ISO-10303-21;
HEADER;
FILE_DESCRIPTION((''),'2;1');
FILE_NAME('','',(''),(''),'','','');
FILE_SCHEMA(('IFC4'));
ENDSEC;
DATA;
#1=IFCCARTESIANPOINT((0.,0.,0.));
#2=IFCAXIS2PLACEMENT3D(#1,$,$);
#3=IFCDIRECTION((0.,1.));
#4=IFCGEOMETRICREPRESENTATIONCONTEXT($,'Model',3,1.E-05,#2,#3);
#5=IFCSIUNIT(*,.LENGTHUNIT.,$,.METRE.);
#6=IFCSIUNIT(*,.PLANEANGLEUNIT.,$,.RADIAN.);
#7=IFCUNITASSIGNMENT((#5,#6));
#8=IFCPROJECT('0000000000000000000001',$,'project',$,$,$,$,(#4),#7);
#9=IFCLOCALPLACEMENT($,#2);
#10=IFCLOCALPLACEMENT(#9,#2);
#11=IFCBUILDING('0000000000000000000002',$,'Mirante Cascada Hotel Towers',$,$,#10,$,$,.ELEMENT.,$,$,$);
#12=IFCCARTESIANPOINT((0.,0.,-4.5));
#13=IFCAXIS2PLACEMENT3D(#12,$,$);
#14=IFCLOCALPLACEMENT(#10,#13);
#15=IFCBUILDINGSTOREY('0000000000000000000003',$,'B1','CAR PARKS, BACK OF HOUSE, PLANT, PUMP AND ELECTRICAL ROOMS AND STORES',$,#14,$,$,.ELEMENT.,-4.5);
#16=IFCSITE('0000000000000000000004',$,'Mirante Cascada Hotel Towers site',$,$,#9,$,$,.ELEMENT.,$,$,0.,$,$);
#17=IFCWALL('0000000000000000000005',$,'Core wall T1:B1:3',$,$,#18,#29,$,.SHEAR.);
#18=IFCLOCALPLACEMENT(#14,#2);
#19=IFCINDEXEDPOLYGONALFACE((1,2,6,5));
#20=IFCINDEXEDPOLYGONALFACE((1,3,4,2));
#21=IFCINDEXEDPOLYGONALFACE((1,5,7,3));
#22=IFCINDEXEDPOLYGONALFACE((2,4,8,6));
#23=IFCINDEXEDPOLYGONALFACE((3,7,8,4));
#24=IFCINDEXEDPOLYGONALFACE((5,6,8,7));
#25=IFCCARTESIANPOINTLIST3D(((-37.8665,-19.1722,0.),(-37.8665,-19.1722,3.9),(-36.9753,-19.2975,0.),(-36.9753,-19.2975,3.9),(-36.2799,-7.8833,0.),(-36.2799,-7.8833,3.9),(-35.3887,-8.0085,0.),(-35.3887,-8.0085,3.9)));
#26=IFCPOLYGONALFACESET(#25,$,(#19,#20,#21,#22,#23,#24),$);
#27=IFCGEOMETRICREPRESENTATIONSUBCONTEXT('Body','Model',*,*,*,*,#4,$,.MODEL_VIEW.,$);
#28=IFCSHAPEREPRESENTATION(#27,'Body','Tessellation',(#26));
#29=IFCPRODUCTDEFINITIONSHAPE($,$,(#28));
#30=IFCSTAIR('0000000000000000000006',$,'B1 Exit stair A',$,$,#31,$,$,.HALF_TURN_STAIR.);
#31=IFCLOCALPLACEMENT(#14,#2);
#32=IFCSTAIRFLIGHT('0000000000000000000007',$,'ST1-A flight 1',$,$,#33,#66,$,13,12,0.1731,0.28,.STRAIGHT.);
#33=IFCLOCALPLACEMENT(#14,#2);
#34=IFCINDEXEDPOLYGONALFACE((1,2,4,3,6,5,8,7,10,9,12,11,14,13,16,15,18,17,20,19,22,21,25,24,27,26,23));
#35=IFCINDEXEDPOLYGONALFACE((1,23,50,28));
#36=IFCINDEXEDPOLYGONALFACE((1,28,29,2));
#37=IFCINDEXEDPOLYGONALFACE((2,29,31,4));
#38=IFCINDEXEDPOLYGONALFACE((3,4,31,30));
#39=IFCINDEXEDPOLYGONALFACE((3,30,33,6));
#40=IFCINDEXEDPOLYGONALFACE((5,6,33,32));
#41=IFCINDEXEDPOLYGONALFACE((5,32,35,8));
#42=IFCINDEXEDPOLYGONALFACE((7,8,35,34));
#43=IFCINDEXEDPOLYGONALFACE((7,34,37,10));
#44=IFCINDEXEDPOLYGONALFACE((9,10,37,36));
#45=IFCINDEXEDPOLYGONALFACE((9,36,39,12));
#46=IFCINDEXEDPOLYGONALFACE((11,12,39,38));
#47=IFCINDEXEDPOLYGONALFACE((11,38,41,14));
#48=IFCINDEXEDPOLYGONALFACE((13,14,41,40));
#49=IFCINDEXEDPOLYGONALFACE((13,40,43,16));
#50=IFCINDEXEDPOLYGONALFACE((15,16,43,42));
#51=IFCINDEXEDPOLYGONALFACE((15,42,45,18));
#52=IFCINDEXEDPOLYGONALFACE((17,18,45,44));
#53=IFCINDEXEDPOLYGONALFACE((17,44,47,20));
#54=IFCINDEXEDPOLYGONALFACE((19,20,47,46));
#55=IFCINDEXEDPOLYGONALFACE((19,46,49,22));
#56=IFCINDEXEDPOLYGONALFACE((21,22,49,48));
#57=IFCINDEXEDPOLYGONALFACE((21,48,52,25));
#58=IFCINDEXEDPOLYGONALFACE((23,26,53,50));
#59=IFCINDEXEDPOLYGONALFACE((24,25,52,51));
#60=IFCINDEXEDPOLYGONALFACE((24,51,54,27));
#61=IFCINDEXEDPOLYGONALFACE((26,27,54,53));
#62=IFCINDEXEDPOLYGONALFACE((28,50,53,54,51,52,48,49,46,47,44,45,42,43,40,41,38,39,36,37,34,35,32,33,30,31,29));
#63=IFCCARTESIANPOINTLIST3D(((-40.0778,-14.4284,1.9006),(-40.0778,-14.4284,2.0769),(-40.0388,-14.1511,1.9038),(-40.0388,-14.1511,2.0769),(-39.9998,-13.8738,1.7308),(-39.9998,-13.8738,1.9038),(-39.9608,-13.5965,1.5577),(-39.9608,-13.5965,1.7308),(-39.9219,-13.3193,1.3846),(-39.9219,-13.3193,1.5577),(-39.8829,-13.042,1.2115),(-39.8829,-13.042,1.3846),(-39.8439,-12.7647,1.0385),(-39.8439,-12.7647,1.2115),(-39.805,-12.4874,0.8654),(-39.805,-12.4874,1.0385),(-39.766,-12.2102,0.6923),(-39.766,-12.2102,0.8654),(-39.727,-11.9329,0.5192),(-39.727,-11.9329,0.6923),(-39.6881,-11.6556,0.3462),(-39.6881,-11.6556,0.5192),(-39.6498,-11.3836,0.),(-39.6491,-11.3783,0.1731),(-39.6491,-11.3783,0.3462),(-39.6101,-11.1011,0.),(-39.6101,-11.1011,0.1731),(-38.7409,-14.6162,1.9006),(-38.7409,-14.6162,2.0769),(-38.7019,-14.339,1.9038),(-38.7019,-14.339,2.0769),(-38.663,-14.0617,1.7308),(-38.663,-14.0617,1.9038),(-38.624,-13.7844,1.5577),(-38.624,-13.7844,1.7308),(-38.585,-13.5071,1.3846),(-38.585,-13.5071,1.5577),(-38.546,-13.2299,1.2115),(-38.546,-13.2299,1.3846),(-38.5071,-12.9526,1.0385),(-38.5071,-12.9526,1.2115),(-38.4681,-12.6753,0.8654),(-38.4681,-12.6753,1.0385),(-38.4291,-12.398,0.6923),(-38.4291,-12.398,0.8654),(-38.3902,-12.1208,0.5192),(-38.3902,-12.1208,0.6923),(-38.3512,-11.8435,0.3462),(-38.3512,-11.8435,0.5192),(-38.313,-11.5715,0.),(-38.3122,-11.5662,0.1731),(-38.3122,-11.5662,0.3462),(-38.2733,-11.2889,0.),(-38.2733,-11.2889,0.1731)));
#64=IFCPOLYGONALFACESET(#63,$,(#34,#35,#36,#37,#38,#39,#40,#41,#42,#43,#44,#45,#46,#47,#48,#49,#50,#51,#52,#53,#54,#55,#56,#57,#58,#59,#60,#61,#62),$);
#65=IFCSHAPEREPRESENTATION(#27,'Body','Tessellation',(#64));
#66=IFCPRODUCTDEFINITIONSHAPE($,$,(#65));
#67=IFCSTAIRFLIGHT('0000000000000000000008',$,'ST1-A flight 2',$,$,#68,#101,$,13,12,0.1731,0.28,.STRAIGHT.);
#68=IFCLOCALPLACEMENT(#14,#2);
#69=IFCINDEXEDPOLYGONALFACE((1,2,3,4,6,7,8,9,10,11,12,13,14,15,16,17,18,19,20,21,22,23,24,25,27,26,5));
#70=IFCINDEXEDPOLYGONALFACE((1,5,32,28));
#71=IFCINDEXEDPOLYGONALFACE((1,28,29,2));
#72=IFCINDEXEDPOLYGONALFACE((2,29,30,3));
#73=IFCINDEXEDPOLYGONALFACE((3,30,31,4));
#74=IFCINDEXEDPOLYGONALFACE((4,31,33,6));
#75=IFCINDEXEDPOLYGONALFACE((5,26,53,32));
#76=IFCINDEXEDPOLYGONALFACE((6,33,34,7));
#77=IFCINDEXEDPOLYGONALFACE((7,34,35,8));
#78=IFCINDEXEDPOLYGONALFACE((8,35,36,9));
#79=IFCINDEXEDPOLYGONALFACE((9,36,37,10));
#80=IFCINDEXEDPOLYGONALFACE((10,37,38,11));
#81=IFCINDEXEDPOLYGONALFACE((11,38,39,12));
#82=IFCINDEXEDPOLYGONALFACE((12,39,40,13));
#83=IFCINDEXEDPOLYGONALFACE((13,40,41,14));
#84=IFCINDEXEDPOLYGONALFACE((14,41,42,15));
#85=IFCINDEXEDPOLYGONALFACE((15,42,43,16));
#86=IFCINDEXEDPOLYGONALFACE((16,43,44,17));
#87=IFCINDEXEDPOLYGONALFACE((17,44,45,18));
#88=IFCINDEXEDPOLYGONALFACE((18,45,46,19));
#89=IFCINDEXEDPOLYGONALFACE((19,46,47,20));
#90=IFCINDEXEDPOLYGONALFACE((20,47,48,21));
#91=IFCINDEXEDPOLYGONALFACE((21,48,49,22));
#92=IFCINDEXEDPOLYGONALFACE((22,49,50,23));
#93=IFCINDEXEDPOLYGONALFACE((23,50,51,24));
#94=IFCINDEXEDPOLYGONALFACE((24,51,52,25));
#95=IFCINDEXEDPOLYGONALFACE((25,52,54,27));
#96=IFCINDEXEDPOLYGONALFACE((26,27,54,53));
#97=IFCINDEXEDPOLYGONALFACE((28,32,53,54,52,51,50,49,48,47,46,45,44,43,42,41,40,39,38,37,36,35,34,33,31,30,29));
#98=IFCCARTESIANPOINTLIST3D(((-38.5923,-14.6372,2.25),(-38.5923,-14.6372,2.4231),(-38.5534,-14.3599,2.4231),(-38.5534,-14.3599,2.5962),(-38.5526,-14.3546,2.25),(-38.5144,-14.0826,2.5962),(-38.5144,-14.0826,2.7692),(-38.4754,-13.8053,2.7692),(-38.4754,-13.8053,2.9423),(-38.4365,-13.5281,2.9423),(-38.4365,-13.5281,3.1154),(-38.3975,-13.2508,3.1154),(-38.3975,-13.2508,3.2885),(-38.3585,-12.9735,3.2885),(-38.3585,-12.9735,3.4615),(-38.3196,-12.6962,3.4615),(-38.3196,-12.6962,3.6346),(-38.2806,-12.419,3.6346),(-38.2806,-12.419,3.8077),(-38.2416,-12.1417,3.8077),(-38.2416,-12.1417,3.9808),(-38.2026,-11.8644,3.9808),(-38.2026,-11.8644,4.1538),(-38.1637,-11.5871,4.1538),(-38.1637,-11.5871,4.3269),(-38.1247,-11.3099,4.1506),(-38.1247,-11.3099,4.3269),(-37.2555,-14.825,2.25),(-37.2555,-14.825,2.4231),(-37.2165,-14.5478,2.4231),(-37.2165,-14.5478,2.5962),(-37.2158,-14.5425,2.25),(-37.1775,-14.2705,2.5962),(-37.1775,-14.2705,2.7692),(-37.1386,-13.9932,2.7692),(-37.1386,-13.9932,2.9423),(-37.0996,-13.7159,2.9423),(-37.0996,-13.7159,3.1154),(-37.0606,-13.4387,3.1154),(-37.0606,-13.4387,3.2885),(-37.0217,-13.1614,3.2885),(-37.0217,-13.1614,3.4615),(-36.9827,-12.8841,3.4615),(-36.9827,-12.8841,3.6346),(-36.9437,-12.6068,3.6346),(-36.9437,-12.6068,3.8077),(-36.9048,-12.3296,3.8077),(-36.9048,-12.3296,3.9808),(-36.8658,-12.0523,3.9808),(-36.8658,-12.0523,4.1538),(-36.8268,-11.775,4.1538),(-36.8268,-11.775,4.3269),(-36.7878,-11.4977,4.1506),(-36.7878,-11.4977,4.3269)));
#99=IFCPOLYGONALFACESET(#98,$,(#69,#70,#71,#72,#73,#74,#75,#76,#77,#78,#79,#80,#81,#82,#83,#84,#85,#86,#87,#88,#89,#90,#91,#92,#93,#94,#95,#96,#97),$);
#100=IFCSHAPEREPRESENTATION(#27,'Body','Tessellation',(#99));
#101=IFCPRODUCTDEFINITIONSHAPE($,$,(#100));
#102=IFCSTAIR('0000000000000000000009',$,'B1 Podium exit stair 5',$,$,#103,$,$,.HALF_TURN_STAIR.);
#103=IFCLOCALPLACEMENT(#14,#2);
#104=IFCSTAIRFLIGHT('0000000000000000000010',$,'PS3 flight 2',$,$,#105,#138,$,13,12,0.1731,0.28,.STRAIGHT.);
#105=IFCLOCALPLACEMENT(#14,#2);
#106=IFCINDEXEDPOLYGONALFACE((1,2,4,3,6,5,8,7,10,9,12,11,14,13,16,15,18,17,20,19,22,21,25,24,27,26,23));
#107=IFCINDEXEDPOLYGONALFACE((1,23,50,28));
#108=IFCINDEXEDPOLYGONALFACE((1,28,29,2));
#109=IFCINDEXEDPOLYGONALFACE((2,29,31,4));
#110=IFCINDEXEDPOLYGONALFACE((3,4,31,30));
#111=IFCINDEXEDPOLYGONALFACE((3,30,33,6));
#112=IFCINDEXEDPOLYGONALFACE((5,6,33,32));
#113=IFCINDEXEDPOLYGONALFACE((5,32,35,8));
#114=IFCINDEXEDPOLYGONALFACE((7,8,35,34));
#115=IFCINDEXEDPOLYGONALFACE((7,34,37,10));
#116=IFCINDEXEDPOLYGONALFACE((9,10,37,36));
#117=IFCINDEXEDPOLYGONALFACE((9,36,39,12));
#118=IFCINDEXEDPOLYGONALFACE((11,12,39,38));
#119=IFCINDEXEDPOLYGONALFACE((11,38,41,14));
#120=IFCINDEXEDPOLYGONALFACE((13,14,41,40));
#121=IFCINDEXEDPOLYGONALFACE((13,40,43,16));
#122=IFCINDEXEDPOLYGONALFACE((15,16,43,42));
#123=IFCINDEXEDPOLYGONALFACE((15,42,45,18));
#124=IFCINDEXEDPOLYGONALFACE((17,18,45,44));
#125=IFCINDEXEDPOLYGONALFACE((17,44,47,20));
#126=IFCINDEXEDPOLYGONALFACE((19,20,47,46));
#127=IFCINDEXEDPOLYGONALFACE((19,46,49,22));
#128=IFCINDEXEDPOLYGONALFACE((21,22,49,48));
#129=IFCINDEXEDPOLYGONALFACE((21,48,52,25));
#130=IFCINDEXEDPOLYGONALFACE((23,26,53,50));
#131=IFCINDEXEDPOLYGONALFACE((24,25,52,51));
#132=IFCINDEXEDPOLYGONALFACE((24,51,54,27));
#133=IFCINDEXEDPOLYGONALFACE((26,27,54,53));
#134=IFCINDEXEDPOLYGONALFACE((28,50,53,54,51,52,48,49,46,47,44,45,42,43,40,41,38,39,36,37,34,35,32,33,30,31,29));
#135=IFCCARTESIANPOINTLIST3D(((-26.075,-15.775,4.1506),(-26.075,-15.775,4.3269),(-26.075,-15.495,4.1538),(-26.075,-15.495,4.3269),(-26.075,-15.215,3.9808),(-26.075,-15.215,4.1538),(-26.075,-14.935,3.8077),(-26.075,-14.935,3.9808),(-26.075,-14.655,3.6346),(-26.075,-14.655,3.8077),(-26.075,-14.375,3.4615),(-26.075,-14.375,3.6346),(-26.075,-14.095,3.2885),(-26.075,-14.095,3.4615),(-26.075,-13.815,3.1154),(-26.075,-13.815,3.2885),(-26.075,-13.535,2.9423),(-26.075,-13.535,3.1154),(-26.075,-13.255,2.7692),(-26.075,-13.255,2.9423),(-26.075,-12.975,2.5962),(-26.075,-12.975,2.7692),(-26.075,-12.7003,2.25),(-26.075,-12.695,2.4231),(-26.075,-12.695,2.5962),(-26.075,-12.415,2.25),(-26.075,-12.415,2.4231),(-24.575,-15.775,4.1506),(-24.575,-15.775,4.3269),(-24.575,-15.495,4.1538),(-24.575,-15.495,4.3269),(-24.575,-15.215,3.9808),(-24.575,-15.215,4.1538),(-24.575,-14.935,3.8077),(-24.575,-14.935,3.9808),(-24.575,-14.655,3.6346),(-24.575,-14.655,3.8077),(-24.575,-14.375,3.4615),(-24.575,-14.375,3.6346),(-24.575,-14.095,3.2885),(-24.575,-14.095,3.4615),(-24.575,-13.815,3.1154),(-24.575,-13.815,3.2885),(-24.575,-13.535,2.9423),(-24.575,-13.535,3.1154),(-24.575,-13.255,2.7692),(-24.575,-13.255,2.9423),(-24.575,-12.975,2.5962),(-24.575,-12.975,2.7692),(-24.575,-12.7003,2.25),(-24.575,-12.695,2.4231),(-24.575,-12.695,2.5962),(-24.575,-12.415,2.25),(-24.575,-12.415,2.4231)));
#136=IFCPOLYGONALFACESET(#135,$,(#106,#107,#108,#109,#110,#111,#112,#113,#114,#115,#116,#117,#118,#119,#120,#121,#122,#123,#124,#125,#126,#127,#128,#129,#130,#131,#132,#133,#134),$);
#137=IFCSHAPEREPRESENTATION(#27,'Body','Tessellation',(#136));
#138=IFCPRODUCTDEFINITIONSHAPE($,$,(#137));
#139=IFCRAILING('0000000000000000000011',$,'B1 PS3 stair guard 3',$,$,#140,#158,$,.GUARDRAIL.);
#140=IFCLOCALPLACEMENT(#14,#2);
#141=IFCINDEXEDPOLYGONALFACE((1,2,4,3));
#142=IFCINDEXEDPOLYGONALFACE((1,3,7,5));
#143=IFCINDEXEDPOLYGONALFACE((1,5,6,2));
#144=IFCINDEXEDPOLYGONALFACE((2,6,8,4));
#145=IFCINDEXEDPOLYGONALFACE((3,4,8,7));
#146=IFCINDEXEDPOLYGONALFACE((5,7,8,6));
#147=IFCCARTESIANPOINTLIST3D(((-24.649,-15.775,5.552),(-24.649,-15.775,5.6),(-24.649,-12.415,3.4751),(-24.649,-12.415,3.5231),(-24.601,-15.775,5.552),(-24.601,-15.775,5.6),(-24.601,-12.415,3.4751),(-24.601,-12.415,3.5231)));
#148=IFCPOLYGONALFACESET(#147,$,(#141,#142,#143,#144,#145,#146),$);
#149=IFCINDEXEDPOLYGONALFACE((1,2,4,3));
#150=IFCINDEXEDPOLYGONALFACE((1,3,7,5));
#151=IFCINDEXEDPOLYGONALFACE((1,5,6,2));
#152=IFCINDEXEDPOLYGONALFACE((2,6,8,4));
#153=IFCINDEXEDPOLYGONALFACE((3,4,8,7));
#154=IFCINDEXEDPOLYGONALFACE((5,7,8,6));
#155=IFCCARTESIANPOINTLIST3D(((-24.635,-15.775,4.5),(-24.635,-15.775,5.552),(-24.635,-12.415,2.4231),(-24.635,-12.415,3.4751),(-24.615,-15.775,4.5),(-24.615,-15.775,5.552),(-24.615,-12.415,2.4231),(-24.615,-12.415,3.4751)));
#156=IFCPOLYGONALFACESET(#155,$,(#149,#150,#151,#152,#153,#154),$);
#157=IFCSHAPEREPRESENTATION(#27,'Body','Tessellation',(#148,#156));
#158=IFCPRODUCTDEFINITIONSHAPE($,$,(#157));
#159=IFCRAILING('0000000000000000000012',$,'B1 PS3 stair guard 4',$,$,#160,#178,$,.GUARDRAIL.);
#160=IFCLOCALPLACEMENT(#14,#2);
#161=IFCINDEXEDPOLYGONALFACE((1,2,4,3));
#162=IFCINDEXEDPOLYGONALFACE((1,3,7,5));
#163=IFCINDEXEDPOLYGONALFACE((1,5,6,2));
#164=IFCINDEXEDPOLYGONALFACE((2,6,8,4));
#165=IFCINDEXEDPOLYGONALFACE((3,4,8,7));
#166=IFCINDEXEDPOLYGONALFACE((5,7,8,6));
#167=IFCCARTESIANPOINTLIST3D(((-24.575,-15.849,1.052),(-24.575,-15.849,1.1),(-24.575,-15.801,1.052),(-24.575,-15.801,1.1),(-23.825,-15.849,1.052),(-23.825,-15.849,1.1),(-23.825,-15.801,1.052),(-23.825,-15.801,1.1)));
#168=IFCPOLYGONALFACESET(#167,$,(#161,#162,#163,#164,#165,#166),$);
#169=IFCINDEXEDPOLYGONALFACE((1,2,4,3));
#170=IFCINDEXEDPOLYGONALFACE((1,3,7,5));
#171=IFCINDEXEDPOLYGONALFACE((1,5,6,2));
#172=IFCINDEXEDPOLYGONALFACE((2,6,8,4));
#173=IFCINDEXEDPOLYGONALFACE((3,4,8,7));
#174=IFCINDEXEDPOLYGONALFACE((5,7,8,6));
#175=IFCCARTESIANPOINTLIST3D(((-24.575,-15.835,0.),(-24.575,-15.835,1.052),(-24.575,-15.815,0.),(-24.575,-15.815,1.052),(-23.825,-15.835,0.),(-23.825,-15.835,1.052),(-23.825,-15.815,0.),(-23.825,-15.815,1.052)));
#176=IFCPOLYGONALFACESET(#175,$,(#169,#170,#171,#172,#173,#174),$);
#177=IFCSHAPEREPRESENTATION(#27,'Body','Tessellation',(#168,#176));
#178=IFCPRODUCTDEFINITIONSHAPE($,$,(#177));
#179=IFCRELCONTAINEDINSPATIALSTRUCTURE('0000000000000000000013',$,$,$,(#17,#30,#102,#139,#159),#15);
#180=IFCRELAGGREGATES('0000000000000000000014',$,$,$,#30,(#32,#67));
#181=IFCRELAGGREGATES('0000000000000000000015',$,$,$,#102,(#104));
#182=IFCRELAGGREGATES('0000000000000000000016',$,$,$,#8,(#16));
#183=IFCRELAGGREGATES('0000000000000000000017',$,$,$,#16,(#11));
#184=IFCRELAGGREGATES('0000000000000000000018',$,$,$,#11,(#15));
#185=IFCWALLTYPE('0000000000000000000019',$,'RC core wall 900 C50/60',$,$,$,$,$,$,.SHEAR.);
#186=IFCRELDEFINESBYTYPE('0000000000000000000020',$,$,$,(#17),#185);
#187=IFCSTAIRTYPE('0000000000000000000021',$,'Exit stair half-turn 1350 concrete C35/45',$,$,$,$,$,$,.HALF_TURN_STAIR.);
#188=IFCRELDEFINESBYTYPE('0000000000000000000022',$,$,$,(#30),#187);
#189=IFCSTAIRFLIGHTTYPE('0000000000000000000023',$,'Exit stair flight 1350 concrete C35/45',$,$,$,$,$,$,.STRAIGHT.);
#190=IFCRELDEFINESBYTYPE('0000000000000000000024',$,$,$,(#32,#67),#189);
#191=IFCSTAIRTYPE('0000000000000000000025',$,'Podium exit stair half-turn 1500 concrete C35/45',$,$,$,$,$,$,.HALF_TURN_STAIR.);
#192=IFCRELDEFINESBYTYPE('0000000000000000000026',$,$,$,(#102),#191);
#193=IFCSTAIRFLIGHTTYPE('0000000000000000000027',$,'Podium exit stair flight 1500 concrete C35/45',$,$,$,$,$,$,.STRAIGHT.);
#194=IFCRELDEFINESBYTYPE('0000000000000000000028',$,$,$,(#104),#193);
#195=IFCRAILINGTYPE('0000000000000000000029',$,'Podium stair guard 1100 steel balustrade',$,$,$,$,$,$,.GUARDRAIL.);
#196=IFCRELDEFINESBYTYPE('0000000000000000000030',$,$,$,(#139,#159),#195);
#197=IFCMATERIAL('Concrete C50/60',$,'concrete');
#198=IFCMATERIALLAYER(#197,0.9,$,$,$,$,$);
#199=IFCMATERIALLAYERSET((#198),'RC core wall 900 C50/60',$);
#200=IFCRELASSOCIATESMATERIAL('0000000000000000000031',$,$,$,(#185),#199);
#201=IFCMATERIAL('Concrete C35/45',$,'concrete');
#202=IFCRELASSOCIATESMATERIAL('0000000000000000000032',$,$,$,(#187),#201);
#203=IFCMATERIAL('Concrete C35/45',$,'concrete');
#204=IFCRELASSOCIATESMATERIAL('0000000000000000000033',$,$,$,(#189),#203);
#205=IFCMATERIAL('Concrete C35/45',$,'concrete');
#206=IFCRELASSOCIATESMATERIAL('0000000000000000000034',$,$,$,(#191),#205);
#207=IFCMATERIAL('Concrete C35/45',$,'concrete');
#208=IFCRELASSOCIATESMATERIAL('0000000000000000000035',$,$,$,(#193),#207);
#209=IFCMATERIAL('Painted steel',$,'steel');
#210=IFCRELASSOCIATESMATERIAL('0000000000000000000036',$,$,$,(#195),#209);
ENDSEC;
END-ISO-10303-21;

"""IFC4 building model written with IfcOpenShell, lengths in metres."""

from ifc_helpers import new_model, si_unit, direction, frame, frame_2d, origin, origin_2d, place, context, subcontext, project, spatial, polyline, rectangle, outline, extrude, material, layer, layer_set, type_object, element, aggregate, save


model = new_model("IFC4")

# Units and contexts
model_context = context("Model", 3, precision=1e-05, world=origin(), true_north=direction((0.0, 1.0)))
body_context = subcontext(model_context, "Body", "Model", "MODEL_VIEW")
ifc_project = project(units=[si_unit("LENGTHUNIT", "METRE"), si_unit("PLANEANGLEUNIT", "RADIAN")], contexts=[model_context])

# Site, building, storey
site_placement = place(None, origin())
site = spatial("IfcSite", under=ifc_project, at=site_placement, Name="Mirante Cascada Hotel Towers site", CompositionType="ELEMENT", RefElevation=0.0)
building_placement = place(site_placement, origin())
building = spatial("IfcBuilding", under=site, at=building_placement, Name="Mirante Cascada Hotel Towers", CompositionType="ELEMENT")
storey_placement = place(building_placement, frame((0.0, 0.0, -4.5)))
storey = spatial("IfcBuildingStorey", under=building, at=storey_placement, Name="B1", Description="CAR PARKS, BACK OF HOUSE, PLANT, PUMP AND ELECTRICAL ROOMS AND STORES", CompositionType="ELEMENT", Elevation=-4.5)

# Wall
ifc_material_1 = material(Name="Concrete C50/60", Category="concrete")
ifc_layer_1 = layer(ifc_material_1, 0.9)
ifc_layer_set_1 = layer_set([ifc_layer_1], Name="RC core wall 900 C50/60")
wall_type_1 = type_object("IfcWallType", Name="RC core wall 900 C50/60", PredefinedType="SHEAR", material=ifc_layer_set_1)
wall_1_placement = place(storey_placement, frame((-37.4209, -19.2349, 0.0), z_axis=(0.0, 0.0, 1.0), x_axis=(0.139176, 0.990268, 0.0)))
element("IfcWall", 1, at=wall_1_placement, inside=storey, type_object=wall_type_1, Name="Core wall T1:B1:3", PredefinedType="SHEAR", context=body_context, shape_type="SweptSolid", body=[
    extrude(rectangle(XDim=11.3999, YDim=0.9, at=frame_2d((5.7, 0.0))), origin(), (0.0, 0.0, 1.0), 3.9),
])

# Stair, stair flights
ifc_material_2 = material(Name="Concrete C35/45", Category="concrete")
stair_type_1 = type_object("IfcStairType", Name="Exit stair half-turn 1350 concrete C35/45", PredefinedType="HALF_TURN_STAIR", material=ifc_material_2)
stair_1_placement = place(storey_placement, origin())
stair_1 = element("IfcStair", 2, at=stair_1_placement, inside=storey, type_object=stair_type_1, Name="B1 Exit stair A", PredefinedType="HALF_TURN_STAIR")
ifc_material_3 = material(Name="Concrete C35/45", Category="concrete")
stair_flight_type_1 = type_object("IfcStairFlightType", Name="Exit stair flight 1350 concrete C35/45", PredefinedType="STRAIGHT", material=ifc_material_3)
stair_flight_1_placement = place(storey_placement, frame((-38.9417, -11.195, 0.0), z_axis=(0.0, 0.0, 1.0), x_axis=(-0.139173, -0.990268, 0.0)))
stair_flight_1 = element("IfcStairFlight", 3, at=stair_flight_1_placement, type_object=stair_flight_type_1, Name="ST1-A flight 1", NumberOfRisers=13, NumberOfTreads=12, PredefinedType="STRAIGHT", RiserHeight=0.1731, TreadLength=0.28, context=body_context, shape_type="SweptSolid", body=[
    extrude(outline(polyline([(0.0, 0.0), (0.0, 0.1731), (0.28, 0.1731), (0.28, 0.3462), (0.56, 0.3462), (0.56, 0.5192), (0.84, 0.5192), (0.84, 0.6923), (1.12, 0.6923), (1.12, 0.8654), (1.4, 0.8654), (1.4, 1.0385), (1.68, 1.0385), (1.68, 1.2115), (1.96, 1.2115), (1.96, 1.3846), (2.24, 1.3846), (2.24, 1.5577), (2.52, 1.5577), (2.52, 1.7308), (2.8, 1.7308), (2.8, 1.9038), (3.08, 1.9038), (3.08, 2.0769), (3.36, 2.0769), (3.36, 2.25), (3.36, 1.9006), (0.2853, 0.0), (0.0, 0.0)])), frame((0.0, 0.675, 0.0), z_axis=(0.0, -1.0, 0.0), x_axis=(1.0, 0.0, 0.0)), (0.0, 0.0, 1.0), 1.35),
])
stair_flight_2_placement = place(storey_placement, frame((-37.9239, -14.7311, 2.25), z_axis=(0.0, 0.0, 1.0), x_axis=(0.139173, 0.990268, 0.0)))
stair_flight_2 = element("IfcStairFlight", 4, at=stair_flight_2_placement, type_object=stair_flight_type_1, Name="ST1-A flight 2", NumberOfRisers=13, NumberOfTreads=12, PredefinedType="STRAIGHT", RiserHeight=0.1731, TreadLength=0.28, context=body_context, shape_type="SweptSolid", body=[
    extrude(outline(polyline([(0.0, 0.0), (0.0, 0.1731), (0.28, 0.1731), (0.28, 0.3462), (0.56, 0.3462), (0.56, 0.5192), (0.84, 0.5192), (0.84, 0.6923), (1.12, 0.6923), (1.12, 0.8654), (1.4, 0.8654), (1.4, 1.0385), (1.68, 1.0385), (1.68, 1.2115), (1.96, 1.2115), (1.96, 1.3846), (2.24, 1.3846), (2.24, 1.5577), (2.52, 1.5577), (2.52, 1.7308), (2.8, 1.7308), (2.8, 1.9038), (3.08, 1.9038), (3.08, 2.0769), (3.36, 2.0769), (3.36, 2.25), (3.36, 1.9006), (0.2853, 0.0), (0.0, 0.0)])), frame((0.0, 0.675, 0.0), z_axis=(0.0, -1.0, 0.0), x_axis=(1.0, 0.0, 0.0)), (0.0, 0.0, 1.0), 1.35),
])
aggregate(stair_1, [stair_flight_1, stair_flight_2])

# Stair, stair flight
ifc_material_4 = material(Name="Concrete C35/45", Category="concrete")
stair_type_2 = type_object("IfcStairType", Name="Podium exit stair half-turn 1500 concrete C35/45", PredefinedType="HALF_TURN_STAIR", material=ifc_material_4)
stair_2_placement = place(storey_placement, origin())
stair_2 = element("IfcStair", 5, at=stair_2_placement, inside=storey, type_object=stair_type_2, Name="B1 Podium exit stair 5", PredefinedType="HALF_TURN_STAIR")
ifc_material_5 = material(Name="Concrete C35/45", Category="concrete")
stair_flight_type_2 = type_object("IfcStairFlightType", Name="Podium exit stair flight 1500 concrete C35/45", PredefinedType="STRAIGHT", material=ifc_material_5)
stair_flight_3_placement = place(storey_placement, frame((-25.325, -12.415, 2.25), z_axis=(0.0, 0.0, 1.0), x_axis=(0.0, -1.0, 0.0)))
stair_flight_3 = element("IfcStairFlight", 6, at=stair_flight_3_placement, type_object=stair_flight_type_2, Name="PS3 flight 2", NumberOfRisers=13, NumberOfTreads=12, PredefinedType="STRAIGHT", RiserHeight=0.1731, TreadLength=0.28, context=body_context, shape_type="SweptSolid", body=[
    extrude(outline(polyline([(0.0, 0.0), (0.0, 0.1731), (0.28, 0.1731), (0.28, 0.3462), (0.56, 0.3462), (0.56, 0.5192), (0.84, 0.5192), (0.84, 0.6923), (1.12, 0.6923), (1.12, 0.8654), (1.4, 0.8654), (1.4, 1.0385), (1.68, 1.0385), (1.68, 1.2115), (1.96, 1.2115), (1.96, 1.3846), (2.24, 1.3846), (2.24, 1.5577), (2.52, 1.5577), (2.52, 1.7308), (2.8, 1.7308), (2.8, 1.9038), (3.08, 1.9038), (3.08, 2.0769), (3.36, 2.0769), (3.36, 2.25), (3.36, 1.9006), (0.2853, 0.0), (0.0, 0.0)])), frame((0.0, 0.75, 0.0), z_axis=(0.0, -1.0, 0.0), x_axis=(1.0, 0.0, 0.0)), (0.0, 0.0, 1.0), 1.5),
])
aggregate(stair_2, [stair_flight_3])

# Railings
ifc_material_6 = material(Name="Painted steel", Category="steel")
railing_type_1 = type_object("IfcRailingType", Name="Podium stair guard 1100 steel balustrade", PredefinedType="GUARDRAIL", material=ifc_material_6)
railing_1_placement = place(storey_placement, frame((-24.625, -12.415, 2.4231)))
element("IfcRailing", 7, at=railing_1_placement, inside=storey, type_object=railing_type_1, Name="B1 PS3 stair guard 3", PredefinedType="GUARDRAIL", context=body_context, shape_type="SweptSolid", body=[
    extrude(rectangle(XDim=0.048, YDim=0.048, at=origin_2d()), frame((0.0, 0.0, 1.076), z_axis=(0.0, -1.0, 0.0), x_axis=(1.0, 0.0, 0.0)), (0.0, 0.525787, 0.850616), 3.9501),
    extrude(rectangle(XDim=0.02, YDim=1.052, at=origin_2d()), frame((0.0, 0.0, 0.526), z_axis=(0.0, -1.0, 0.0), x_axis=(1.0, 0.0, 0.0)), (0.0, 0.525787, 0.850616), 3.9501),
])
railing_2_placement = place(storey_placement, frame((-23.825, -15.825, 0.0)))
element("IfcRailing", 8, at=railing_2_placement, inside=storey, type_object=railing_type_1, Name="B1 PS3 stair guard 4", PredefinedType="GUARDRAIL", context=body_context, shape_type="SweptSolid", body=[
    extrude(rectangle(XDim=0.048, YDim=0.048, at=origin_2d()), frame((0.0, 0.0, 1.076), z_axis=(-1.0, 0.0, 0.0), x_axis=(0.0, -1.0, 0.0)), (0.0, 0.0, 1.0), 0.75),
    extrude(rectangle(XDim=0.02, YDim=1.052, at=origin_2d()), frame((0.0, 0.0, 0.526), z_axis=(-1.0, 0.0, 0.0), x_axis=(0.0, -1.0, 0.0)), (0.0, 0.0, 1.0), 0.75),
])

save(model, "model.ifc")
